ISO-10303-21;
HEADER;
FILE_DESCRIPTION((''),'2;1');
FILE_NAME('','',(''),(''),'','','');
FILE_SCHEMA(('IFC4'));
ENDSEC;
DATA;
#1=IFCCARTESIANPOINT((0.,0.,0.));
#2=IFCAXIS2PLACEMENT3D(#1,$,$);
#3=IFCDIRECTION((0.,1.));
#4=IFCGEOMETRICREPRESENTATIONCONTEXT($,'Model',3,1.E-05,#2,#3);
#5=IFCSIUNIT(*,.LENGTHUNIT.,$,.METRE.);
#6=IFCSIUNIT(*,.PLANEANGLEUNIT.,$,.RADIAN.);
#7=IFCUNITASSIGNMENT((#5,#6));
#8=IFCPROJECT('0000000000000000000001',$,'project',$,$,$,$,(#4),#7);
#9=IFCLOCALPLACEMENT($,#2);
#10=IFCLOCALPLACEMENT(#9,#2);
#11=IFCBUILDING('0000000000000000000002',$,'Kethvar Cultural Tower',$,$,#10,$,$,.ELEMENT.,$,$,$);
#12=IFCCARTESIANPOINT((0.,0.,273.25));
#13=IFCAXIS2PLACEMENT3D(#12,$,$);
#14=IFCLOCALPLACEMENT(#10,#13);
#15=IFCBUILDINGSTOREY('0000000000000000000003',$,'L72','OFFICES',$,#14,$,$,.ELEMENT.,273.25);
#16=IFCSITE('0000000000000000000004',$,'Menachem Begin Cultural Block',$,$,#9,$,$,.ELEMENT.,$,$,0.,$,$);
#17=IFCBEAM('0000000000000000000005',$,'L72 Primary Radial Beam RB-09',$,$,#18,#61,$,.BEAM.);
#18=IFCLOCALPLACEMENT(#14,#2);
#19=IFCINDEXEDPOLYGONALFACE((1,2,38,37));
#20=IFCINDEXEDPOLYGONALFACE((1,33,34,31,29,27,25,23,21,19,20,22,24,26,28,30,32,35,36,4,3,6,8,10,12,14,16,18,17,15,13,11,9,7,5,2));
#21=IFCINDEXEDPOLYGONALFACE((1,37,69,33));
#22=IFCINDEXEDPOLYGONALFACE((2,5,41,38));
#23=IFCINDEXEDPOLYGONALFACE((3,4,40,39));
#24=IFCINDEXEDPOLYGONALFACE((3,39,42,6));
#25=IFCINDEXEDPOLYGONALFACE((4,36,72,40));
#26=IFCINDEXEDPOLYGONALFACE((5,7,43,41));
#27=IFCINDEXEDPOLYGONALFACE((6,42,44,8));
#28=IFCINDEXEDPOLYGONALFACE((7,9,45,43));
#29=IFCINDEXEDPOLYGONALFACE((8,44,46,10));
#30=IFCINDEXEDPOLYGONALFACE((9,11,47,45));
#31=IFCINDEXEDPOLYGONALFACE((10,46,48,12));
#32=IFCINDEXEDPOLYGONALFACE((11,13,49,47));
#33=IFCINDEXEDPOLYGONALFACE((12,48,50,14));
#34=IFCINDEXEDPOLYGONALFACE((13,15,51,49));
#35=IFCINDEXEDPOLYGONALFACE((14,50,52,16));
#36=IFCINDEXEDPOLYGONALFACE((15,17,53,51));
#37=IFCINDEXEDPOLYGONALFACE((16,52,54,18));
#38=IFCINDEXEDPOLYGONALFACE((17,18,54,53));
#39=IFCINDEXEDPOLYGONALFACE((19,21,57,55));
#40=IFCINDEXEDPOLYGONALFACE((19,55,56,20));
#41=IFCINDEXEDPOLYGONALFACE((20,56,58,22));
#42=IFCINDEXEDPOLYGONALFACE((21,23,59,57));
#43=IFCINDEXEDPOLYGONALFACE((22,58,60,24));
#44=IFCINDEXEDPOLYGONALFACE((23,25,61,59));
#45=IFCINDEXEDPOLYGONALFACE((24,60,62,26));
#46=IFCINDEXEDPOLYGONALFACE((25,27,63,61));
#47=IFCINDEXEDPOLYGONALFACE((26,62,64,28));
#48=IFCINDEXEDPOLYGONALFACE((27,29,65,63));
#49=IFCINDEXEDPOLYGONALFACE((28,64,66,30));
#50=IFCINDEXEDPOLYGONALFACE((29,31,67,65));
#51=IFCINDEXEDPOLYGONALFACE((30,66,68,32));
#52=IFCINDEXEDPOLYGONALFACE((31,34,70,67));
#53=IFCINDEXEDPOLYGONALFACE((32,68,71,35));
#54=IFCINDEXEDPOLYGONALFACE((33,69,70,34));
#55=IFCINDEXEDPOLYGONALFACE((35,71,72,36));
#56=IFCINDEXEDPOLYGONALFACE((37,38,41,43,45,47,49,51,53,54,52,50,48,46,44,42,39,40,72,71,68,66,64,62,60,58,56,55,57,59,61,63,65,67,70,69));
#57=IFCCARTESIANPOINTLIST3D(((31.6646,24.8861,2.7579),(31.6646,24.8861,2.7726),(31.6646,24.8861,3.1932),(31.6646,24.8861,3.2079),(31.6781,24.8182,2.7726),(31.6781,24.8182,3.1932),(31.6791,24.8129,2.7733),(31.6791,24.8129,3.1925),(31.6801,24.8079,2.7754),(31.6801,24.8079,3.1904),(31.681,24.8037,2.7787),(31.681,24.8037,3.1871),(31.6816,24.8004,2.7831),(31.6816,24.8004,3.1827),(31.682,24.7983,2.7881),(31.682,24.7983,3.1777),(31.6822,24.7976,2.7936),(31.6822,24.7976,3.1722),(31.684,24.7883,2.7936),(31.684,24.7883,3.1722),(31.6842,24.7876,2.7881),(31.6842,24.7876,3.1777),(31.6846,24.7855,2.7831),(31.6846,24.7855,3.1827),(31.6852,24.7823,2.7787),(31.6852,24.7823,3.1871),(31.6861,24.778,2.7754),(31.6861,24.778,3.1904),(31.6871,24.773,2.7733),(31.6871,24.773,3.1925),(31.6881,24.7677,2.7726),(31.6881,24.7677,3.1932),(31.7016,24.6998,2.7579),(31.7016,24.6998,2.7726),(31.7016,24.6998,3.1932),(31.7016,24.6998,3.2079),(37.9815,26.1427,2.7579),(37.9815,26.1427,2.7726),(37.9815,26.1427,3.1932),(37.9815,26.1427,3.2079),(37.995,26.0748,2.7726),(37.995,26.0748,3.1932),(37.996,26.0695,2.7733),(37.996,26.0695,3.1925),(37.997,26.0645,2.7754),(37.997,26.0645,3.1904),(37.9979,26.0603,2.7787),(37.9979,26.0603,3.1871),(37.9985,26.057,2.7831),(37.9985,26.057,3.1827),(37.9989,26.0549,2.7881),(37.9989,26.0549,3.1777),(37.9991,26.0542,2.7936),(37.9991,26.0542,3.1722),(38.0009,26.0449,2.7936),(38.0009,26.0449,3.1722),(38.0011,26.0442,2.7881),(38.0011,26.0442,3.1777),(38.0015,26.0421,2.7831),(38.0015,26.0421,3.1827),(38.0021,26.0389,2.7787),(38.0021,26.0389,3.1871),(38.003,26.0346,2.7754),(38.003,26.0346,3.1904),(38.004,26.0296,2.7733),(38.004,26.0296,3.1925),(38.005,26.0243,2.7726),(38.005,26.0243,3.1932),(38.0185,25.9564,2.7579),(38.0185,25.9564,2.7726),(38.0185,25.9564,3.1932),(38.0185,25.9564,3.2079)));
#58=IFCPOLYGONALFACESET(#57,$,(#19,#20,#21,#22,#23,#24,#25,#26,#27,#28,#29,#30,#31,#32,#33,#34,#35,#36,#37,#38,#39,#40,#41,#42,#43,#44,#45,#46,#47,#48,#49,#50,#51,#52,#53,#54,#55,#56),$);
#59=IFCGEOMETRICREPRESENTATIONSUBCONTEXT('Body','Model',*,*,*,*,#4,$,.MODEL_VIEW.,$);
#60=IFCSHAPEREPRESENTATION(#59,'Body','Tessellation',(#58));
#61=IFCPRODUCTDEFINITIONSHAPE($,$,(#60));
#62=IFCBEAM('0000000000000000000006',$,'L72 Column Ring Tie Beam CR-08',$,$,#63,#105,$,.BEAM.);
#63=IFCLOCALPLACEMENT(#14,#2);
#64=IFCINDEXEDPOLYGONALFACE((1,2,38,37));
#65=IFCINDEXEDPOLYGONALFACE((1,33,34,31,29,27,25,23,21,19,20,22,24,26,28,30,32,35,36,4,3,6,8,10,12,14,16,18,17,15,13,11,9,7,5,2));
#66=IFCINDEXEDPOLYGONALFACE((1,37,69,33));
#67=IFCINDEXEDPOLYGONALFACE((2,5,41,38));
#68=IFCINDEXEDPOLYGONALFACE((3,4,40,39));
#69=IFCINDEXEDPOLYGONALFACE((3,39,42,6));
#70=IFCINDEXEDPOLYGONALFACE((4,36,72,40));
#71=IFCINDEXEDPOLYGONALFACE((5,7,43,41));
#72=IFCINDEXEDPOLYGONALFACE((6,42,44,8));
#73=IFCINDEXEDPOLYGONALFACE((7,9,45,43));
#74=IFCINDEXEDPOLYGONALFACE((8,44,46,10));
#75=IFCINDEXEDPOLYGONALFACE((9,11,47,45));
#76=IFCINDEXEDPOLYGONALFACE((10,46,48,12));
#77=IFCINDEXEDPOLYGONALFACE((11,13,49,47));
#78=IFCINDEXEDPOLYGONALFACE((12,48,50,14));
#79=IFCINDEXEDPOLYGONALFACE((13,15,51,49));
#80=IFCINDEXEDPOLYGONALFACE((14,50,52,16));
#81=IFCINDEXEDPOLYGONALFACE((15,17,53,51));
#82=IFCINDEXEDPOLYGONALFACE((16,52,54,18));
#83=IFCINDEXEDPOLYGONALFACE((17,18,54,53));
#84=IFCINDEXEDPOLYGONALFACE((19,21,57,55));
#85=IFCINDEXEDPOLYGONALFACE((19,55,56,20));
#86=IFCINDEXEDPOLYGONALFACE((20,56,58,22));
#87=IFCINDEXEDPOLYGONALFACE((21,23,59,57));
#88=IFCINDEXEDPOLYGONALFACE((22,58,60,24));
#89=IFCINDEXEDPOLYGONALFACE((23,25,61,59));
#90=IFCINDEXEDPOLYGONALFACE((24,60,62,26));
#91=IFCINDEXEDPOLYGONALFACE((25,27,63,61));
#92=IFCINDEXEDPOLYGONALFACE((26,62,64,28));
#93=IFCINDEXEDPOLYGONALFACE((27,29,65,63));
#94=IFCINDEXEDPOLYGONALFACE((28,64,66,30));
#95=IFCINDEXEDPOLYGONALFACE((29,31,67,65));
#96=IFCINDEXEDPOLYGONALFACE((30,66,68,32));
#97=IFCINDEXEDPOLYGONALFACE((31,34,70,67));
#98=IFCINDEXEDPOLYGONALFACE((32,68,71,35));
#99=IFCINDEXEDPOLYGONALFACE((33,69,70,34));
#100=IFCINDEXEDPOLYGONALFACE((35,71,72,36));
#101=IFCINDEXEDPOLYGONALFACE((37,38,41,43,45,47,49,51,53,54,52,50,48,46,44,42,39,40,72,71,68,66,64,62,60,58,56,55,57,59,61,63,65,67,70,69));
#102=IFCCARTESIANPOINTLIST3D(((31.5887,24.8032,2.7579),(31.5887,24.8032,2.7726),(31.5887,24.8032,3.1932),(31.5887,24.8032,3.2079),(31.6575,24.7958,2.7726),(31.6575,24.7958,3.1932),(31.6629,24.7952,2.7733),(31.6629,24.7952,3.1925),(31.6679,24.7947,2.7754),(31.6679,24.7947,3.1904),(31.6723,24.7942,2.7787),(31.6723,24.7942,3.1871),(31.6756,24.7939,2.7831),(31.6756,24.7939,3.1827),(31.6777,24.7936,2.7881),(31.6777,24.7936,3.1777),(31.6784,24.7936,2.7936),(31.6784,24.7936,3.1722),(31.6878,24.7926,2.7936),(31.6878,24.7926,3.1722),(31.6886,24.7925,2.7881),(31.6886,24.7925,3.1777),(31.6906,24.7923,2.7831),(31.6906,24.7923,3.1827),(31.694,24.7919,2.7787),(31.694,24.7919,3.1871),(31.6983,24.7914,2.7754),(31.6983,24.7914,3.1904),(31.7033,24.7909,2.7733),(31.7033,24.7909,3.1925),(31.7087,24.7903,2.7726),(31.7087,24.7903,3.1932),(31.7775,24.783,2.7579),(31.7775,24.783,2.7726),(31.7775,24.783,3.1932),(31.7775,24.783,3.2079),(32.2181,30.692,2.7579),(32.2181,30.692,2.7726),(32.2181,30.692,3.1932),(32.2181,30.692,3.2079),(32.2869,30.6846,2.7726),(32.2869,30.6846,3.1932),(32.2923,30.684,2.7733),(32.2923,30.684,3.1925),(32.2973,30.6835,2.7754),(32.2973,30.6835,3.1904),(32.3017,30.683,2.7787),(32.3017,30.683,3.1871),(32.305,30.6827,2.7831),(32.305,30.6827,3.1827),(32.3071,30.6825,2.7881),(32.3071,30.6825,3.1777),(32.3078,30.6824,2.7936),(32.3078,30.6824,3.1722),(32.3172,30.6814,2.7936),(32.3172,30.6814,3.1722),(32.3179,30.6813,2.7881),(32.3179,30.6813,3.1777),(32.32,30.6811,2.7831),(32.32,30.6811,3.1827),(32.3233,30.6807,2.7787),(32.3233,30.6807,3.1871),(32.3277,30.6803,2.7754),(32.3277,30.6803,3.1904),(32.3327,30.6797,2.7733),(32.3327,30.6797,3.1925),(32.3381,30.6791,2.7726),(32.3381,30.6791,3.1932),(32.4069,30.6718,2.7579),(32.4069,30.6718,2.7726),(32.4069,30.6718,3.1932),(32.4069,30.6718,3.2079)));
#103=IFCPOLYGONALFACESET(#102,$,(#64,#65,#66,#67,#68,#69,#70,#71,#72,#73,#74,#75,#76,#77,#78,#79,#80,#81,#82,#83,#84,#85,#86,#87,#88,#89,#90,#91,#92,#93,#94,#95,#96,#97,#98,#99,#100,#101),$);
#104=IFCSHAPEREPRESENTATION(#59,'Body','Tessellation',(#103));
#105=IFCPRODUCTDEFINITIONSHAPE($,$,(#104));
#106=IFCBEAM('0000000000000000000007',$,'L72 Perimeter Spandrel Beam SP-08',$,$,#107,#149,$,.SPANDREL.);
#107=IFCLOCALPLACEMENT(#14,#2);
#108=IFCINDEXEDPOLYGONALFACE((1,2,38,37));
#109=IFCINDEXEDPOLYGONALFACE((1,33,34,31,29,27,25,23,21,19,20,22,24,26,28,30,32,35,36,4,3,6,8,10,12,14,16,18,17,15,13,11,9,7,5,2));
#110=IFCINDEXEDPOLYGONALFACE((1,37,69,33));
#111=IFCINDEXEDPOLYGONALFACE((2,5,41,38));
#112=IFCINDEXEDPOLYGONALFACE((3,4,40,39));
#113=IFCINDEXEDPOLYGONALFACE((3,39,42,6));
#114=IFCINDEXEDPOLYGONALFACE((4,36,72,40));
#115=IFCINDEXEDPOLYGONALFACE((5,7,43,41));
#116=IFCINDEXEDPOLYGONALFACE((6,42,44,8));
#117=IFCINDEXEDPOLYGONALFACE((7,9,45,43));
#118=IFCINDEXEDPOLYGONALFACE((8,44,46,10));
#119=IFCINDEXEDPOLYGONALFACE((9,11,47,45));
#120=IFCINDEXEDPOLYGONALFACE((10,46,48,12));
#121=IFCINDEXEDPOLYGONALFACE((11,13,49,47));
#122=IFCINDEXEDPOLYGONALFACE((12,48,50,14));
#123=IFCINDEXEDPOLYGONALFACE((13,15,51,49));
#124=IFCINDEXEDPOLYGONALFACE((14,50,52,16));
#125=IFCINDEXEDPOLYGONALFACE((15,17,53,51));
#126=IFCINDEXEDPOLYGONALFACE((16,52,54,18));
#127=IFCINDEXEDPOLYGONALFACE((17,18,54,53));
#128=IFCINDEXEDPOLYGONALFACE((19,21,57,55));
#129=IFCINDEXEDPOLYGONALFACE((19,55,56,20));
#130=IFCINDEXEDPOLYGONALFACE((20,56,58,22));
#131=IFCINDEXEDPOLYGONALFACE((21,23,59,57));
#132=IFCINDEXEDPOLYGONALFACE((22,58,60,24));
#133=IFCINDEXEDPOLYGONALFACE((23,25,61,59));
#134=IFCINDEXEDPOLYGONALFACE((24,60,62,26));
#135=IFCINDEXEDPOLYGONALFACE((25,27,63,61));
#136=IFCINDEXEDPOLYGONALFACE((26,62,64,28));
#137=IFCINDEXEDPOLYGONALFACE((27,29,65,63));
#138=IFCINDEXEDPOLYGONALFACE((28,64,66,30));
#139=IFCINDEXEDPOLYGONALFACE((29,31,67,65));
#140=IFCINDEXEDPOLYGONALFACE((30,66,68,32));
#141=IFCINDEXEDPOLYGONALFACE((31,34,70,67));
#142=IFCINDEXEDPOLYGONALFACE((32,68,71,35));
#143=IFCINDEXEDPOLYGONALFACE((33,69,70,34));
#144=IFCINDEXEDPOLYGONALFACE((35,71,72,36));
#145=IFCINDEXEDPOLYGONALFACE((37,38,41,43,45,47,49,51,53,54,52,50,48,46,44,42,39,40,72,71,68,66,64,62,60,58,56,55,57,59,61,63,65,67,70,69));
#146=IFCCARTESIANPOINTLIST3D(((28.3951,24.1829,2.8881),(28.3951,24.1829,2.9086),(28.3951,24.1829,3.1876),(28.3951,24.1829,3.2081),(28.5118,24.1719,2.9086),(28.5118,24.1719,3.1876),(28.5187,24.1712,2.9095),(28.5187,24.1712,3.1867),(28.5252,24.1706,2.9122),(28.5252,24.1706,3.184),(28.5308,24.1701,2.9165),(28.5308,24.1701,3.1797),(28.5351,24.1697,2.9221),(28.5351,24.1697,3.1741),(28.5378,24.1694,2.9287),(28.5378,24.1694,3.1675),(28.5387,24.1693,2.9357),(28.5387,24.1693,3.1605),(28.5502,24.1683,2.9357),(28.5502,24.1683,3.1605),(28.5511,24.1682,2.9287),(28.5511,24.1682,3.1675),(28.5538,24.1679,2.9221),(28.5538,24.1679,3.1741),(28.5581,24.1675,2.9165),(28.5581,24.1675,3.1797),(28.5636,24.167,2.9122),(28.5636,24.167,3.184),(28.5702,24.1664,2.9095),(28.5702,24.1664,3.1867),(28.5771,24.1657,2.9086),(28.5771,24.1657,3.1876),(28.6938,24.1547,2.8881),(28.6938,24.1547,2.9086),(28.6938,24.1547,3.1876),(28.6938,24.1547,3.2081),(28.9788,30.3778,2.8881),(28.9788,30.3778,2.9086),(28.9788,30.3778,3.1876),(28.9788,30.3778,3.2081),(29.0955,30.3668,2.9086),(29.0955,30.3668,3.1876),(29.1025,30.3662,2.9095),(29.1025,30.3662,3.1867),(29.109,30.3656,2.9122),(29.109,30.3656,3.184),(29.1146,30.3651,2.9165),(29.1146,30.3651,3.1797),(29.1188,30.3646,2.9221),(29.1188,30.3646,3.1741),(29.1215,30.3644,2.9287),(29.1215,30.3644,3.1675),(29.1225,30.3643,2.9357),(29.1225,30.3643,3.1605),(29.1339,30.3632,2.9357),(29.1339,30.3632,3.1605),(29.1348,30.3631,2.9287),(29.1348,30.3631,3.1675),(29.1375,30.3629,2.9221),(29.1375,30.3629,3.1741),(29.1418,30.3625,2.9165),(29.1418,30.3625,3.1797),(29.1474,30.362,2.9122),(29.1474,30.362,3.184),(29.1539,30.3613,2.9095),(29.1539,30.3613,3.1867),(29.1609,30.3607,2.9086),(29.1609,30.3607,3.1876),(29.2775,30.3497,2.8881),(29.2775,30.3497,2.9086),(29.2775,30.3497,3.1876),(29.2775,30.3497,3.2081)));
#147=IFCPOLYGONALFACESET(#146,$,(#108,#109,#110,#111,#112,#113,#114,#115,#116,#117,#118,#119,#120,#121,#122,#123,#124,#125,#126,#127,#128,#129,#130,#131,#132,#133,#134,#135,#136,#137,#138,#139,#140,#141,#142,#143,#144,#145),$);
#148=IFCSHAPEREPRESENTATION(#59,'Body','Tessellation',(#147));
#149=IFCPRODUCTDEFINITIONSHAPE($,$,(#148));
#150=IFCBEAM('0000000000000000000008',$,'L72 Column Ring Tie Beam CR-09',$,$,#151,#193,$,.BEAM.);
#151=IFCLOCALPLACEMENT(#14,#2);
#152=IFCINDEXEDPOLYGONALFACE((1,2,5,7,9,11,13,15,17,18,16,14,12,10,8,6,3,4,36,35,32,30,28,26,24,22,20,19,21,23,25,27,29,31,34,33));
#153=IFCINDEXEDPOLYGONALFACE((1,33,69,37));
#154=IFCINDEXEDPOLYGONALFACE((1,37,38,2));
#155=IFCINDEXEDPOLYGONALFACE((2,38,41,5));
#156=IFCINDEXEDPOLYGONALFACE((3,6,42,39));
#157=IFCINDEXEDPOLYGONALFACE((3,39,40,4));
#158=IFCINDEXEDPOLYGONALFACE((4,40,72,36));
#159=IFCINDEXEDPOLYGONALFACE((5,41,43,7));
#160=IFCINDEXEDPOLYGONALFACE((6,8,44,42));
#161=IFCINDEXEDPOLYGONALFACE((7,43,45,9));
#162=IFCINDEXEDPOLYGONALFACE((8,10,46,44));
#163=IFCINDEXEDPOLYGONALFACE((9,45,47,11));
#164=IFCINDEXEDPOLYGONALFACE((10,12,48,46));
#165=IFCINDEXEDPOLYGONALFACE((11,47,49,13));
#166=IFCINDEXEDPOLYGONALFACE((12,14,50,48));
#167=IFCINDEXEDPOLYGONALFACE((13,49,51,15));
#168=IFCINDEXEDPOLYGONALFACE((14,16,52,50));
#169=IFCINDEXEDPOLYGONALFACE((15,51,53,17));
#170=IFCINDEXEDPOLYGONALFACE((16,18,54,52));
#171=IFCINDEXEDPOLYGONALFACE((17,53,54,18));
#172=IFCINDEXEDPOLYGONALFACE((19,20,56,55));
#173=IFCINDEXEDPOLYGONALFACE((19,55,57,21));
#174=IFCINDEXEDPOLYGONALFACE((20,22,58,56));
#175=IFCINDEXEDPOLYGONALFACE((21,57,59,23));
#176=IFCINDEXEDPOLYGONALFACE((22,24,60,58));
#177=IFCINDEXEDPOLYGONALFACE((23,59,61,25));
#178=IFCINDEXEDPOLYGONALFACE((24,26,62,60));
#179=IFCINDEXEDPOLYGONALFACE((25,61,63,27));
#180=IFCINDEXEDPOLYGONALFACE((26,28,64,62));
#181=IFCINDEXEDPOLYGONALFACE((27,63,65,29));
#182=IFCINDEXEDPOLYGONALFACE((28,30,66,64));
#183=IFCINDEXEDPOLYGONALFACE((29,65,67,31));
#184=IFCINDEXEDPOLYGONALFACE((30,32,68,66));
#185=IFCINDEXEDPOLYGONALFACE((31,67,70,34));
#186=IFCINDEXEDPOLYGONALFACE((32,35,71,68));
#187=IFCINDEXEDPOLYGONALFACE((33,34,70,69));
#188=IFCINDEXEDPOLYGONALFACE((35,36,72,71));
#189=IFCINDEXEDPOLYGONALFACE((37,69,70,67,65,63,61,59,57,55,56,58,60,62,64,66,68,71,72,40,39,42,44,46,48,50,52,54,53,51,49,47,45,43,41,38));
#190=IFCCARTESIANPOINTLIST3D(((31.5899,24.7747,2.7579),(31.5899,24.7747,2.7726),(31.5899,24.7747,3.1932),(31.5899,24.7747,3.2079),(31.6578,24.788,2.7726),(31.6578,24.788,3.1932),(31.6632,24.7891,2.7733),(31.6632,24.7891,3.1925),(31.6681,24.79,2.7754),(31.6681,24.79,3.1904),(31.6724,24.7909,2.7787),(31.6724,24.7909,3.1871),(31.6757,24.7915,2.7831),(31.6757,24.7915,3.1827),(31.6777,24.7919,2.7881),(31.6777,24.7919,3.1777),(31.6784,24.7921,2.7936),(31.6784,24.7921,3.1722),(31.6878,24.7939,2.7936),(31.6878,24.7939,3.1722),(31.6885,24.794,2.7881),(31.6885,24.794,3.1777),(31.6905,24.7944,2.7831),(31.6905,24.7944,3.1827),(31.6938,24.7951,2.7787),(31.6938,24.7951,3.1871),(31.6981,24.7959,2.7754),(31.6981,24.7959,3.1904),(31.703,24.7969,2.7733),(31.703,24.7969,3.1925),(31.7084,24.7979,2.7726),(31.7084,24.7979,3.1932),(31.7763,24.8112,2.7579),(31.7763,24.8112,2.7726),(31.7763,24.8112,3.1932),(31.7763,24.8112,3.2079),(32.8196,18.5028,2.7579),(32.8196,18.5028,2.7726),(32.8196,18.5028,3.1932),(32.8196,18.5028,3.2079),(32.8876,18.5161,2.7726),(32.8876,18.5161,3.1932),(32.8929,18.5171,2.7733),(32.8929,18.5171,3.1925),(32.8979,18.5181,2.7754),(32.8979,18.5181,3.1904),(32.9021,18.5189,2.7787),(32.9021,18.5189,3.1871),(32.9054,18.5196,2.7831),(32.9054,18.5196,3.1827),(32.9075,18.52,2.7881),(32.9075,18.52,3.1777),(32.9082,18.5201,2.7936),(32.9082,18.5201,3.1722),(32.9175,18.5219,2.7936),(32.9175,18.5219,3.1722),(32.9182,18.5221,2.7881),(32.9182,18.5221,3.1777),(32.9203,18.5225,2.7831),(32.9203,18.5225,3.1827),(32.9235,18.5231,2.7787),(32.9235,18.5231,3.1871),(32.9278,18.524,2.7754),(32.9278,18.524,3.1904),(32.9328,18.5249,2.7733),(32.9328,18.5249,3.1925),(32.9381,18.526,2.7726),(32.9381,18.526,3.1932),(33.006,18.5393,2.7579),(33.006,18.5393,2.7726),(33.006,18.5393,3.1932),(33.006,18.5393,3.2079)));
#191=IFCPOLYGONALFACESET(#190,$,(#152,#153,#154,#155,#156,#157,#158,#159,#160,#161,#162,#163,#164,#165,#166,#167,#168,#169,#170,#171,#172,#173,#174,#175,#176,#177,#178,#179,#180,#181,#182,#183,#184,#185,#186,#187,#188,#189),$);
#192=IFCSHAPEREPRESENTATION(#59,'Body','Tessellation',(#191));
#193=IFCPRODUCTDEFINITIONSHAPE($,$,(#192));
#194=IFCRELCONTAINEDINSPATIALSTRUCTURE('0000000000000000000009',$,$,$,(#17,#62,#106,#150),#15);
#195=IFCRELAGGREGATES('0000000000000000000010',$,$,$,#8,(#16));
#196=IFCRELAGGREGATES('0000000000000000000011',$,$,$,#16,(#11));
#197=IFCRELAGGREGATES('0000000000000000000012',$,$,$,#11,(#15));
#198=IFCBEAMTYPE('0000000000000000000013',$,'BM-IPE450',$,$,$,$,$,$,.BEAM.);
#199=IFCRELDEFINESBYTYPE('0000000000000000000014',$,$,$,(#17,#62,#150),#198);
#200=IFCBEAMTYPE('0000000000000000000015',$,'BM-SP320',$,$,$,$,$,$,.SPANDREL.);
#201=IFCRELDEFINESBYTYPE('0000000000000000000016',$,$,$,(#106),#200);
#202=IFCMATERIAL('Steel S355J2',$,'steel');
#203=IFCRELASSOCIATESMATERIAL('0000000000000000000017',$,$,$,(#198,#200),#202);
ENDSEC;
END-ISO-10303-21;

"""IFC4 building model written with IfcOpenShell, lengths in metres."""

from ifc_helpers import new_model, si_unit, direction, frame, origin, origin_2d, place, context, subcontext, project, spatial, i_section, extrude, source, transform, mapped, material, material_profile, profile_set, type_object, element, save


model = new_model("IFC4")

# Units and contexts
model_context = context("Model", 3, precision=1e-05, world=origin(), true_north=direction((0.0, 1.0)))
body_context = subcontext(model_context, "Body", "Model", "MODEL_VIEW")
ifc_project = project(units=[si_unit("LENGTHUNIT", "METRE"), si_unit("PLANEANGLEUNIT", "RADIAN")], contexts=[model_context])

# Site, building, storey
site_placement = place(None, origin())
site = spatial("IfcSite", under=ifc_project, at=site_placement, Name="Menachem Begin Cultural Block", CompositionType="ELEMENT", RefElevation=0.0)
building_placement = place(site_placement, origin())
building = spatial("IfcBuilding", under=site, at=building_placement, Name="Kethvar Cultural Tower", CompositionType="ELEMENT")
storey_placement = place(building_placement, frame((0.0, 0.0, 273.25)))
storey = spatial("IfcBuildingStorey", under=building, at=storey_placement, Name="L72", Description="OFFICES", CompositionType="ELEMENT", Elevation=273.25)

# Shared definitions
ifc_material_1 = material(Name="Steel S355J2", Category="steel")

# Beams
ifc_material_profile_1 = material_profile(ifc_material_1, i_section(OverallWidth=0.1899, OverallDepth=0.45, WebThickness=0.0095, FlangeThickness=0.0146, FilletRadius=0.021, at=origin_2d()), Name="Steel S355J2 — IPE450")
ifc_profile_set_1 = profile_set([ifc_material_profile_1], Name="Steel S355J2 — IPE450")
beam_type_1 = type_object("IfcBeamType", Name="BM-IPE450", PredefinedType="BEAM", material=ifc_profile_set_1)
shared_shape_1 = source(origin(), body_context, "Body", "SweptSolid", [
    extrude(i_section(OverallWidth=0.1899, OverallDepth=0.45, WebThickness=0.0095, FlangeThickness=0.0146, FilletRadius=0.021, at=origin_2d()), origin(), (0.0, 0.0, 1.0), 6.4407),
])
beam_1_placement = place(storey_placement, frame((38.0, 26.0496, 2.9829), z_axis=(-0.980783, -0.195103, 0.0), x_axis=(0.195103, -0.980783, 0.0)))
element("IfcBeam", 1, at=beam_1_placement, inside=storey, type_object=beam_type_1, Name="L72 Primary Radial Beam RB-09", PredefinedType="BEAM", context=body_context, shape_type="MappedRepresentation", body=[
    mapped(shared_shape_1, transform((0.0, 0.0, 0.0), scale=1.0)),
])
shared_shape_2 = source(origin(), body_context, "Body", "SweptSolid", [
    extrude(i_section(OverallWidth=0.1899, OverallDepth=0.45, WebThickness=0.0095, FlangeThickness=0.0146, FilletRadius=0.021, at=origin_2d()), origin(), (0.0, 0.0, 1.0), 5.9224),
])
beam_2_placement = place(storey_placement, frame((32.3125, 30.6819, 2.9829), z_axis=(-0.106273, -0.994337, 0.0), x_axis=(0.994337, -0.106273, 0.0)))
element("IfcBeam", 2, at=beam_2_placement, inside=storey, type_object=beam_type_1, Name="L72 Column Ring Tie Beam CR-08", PredefinedType="BEAM", context=body_context, shape_type="MappedRepresentation", body=[
    mapped(shared_shape_2, transform((0.0, 0.0, 0.0), scale=1.0)),
])
ifc_material_profile_2 = material_profile(ifc_material_1, i_section(OverallWidth=0.3, OverallDepth=0.3201, WebThickness=0.0115, FlangeThickness=0.0205, FilletRadius=0.0271, at=origin_2d()), Name="Steel S355J2 — HEB320")
ifc_profile_set_2 = profile_set([ifc_material_profile_2], Name="Steel S355J2 — HEB320")
beam_type_2 = type_object("IfcBeamType", Name="BM-SP320", PredefinedType="SPANDREL", material=ifc_profile_set_2)
shared_shape_3 = source(origin(), body_context, "Body", "SweptSolid", [
    extrude(i_section(OverallWidth=0.3, OverallDepth=0.3201, WebThickness=0.0115, FlangeThickness=0.0205, FilletRadius=0.0271, at=origin_2d()), origin(), (0.0, 0.0, 1.0), 6.2224),
])
beam_3_placement = place(storey_placement, frame((29.1282, 30.3638, 3.0481), z_axis=(-0.093811, -0.99559, 0.0), x_axis=(0.99559, -0.093811, 0.0)))
element("IfcBeam", 3, at=beam_3_placement, inside=storey, type_object=beam_type_2, Name="L72 Perimeter Spandrel Beam SP-08", PredefinedType="SPANDREL", context=body_context, shape_type="MappedRepresentation", body=[
    mapped(shared_shape_3, transform((0.0, 0.0, 0.0), scale=1.0)),
])
shared_shape_4 = source(origin(), body_context, "Body", "SweptSolid", [
    extrude(i_section(OverallWidth=0.1899, OverallDepth=0.45, WebThickness=0.0095, FlangeThickness=0.0146, FilletRadius=0.021, at=origin_2d()), origin(), (0.0, 0.0, 1.0), 6.3914),
])
beam_4_placement = place(storey_placement, frame((31.6831, 24.793, 2.9829), z_axis=(0.192405, -0.981316, 0.0), x_axis=(0.981316, 0.192405, 0.0)))
element("IfcBeam", 4, at=beam_4_placement, inside=storey, type_object=beam_type_1, Name="L72 Column Ring Tie Beam CR-09", PredefinedType="BEAM", context=body_context, shape_type="MappedRepresentation", body=[
    mapped(shared_shape_4, transform((0.0, 0.0, 0.0), scale=1.0)),
])

save(model, "model.ifc")
